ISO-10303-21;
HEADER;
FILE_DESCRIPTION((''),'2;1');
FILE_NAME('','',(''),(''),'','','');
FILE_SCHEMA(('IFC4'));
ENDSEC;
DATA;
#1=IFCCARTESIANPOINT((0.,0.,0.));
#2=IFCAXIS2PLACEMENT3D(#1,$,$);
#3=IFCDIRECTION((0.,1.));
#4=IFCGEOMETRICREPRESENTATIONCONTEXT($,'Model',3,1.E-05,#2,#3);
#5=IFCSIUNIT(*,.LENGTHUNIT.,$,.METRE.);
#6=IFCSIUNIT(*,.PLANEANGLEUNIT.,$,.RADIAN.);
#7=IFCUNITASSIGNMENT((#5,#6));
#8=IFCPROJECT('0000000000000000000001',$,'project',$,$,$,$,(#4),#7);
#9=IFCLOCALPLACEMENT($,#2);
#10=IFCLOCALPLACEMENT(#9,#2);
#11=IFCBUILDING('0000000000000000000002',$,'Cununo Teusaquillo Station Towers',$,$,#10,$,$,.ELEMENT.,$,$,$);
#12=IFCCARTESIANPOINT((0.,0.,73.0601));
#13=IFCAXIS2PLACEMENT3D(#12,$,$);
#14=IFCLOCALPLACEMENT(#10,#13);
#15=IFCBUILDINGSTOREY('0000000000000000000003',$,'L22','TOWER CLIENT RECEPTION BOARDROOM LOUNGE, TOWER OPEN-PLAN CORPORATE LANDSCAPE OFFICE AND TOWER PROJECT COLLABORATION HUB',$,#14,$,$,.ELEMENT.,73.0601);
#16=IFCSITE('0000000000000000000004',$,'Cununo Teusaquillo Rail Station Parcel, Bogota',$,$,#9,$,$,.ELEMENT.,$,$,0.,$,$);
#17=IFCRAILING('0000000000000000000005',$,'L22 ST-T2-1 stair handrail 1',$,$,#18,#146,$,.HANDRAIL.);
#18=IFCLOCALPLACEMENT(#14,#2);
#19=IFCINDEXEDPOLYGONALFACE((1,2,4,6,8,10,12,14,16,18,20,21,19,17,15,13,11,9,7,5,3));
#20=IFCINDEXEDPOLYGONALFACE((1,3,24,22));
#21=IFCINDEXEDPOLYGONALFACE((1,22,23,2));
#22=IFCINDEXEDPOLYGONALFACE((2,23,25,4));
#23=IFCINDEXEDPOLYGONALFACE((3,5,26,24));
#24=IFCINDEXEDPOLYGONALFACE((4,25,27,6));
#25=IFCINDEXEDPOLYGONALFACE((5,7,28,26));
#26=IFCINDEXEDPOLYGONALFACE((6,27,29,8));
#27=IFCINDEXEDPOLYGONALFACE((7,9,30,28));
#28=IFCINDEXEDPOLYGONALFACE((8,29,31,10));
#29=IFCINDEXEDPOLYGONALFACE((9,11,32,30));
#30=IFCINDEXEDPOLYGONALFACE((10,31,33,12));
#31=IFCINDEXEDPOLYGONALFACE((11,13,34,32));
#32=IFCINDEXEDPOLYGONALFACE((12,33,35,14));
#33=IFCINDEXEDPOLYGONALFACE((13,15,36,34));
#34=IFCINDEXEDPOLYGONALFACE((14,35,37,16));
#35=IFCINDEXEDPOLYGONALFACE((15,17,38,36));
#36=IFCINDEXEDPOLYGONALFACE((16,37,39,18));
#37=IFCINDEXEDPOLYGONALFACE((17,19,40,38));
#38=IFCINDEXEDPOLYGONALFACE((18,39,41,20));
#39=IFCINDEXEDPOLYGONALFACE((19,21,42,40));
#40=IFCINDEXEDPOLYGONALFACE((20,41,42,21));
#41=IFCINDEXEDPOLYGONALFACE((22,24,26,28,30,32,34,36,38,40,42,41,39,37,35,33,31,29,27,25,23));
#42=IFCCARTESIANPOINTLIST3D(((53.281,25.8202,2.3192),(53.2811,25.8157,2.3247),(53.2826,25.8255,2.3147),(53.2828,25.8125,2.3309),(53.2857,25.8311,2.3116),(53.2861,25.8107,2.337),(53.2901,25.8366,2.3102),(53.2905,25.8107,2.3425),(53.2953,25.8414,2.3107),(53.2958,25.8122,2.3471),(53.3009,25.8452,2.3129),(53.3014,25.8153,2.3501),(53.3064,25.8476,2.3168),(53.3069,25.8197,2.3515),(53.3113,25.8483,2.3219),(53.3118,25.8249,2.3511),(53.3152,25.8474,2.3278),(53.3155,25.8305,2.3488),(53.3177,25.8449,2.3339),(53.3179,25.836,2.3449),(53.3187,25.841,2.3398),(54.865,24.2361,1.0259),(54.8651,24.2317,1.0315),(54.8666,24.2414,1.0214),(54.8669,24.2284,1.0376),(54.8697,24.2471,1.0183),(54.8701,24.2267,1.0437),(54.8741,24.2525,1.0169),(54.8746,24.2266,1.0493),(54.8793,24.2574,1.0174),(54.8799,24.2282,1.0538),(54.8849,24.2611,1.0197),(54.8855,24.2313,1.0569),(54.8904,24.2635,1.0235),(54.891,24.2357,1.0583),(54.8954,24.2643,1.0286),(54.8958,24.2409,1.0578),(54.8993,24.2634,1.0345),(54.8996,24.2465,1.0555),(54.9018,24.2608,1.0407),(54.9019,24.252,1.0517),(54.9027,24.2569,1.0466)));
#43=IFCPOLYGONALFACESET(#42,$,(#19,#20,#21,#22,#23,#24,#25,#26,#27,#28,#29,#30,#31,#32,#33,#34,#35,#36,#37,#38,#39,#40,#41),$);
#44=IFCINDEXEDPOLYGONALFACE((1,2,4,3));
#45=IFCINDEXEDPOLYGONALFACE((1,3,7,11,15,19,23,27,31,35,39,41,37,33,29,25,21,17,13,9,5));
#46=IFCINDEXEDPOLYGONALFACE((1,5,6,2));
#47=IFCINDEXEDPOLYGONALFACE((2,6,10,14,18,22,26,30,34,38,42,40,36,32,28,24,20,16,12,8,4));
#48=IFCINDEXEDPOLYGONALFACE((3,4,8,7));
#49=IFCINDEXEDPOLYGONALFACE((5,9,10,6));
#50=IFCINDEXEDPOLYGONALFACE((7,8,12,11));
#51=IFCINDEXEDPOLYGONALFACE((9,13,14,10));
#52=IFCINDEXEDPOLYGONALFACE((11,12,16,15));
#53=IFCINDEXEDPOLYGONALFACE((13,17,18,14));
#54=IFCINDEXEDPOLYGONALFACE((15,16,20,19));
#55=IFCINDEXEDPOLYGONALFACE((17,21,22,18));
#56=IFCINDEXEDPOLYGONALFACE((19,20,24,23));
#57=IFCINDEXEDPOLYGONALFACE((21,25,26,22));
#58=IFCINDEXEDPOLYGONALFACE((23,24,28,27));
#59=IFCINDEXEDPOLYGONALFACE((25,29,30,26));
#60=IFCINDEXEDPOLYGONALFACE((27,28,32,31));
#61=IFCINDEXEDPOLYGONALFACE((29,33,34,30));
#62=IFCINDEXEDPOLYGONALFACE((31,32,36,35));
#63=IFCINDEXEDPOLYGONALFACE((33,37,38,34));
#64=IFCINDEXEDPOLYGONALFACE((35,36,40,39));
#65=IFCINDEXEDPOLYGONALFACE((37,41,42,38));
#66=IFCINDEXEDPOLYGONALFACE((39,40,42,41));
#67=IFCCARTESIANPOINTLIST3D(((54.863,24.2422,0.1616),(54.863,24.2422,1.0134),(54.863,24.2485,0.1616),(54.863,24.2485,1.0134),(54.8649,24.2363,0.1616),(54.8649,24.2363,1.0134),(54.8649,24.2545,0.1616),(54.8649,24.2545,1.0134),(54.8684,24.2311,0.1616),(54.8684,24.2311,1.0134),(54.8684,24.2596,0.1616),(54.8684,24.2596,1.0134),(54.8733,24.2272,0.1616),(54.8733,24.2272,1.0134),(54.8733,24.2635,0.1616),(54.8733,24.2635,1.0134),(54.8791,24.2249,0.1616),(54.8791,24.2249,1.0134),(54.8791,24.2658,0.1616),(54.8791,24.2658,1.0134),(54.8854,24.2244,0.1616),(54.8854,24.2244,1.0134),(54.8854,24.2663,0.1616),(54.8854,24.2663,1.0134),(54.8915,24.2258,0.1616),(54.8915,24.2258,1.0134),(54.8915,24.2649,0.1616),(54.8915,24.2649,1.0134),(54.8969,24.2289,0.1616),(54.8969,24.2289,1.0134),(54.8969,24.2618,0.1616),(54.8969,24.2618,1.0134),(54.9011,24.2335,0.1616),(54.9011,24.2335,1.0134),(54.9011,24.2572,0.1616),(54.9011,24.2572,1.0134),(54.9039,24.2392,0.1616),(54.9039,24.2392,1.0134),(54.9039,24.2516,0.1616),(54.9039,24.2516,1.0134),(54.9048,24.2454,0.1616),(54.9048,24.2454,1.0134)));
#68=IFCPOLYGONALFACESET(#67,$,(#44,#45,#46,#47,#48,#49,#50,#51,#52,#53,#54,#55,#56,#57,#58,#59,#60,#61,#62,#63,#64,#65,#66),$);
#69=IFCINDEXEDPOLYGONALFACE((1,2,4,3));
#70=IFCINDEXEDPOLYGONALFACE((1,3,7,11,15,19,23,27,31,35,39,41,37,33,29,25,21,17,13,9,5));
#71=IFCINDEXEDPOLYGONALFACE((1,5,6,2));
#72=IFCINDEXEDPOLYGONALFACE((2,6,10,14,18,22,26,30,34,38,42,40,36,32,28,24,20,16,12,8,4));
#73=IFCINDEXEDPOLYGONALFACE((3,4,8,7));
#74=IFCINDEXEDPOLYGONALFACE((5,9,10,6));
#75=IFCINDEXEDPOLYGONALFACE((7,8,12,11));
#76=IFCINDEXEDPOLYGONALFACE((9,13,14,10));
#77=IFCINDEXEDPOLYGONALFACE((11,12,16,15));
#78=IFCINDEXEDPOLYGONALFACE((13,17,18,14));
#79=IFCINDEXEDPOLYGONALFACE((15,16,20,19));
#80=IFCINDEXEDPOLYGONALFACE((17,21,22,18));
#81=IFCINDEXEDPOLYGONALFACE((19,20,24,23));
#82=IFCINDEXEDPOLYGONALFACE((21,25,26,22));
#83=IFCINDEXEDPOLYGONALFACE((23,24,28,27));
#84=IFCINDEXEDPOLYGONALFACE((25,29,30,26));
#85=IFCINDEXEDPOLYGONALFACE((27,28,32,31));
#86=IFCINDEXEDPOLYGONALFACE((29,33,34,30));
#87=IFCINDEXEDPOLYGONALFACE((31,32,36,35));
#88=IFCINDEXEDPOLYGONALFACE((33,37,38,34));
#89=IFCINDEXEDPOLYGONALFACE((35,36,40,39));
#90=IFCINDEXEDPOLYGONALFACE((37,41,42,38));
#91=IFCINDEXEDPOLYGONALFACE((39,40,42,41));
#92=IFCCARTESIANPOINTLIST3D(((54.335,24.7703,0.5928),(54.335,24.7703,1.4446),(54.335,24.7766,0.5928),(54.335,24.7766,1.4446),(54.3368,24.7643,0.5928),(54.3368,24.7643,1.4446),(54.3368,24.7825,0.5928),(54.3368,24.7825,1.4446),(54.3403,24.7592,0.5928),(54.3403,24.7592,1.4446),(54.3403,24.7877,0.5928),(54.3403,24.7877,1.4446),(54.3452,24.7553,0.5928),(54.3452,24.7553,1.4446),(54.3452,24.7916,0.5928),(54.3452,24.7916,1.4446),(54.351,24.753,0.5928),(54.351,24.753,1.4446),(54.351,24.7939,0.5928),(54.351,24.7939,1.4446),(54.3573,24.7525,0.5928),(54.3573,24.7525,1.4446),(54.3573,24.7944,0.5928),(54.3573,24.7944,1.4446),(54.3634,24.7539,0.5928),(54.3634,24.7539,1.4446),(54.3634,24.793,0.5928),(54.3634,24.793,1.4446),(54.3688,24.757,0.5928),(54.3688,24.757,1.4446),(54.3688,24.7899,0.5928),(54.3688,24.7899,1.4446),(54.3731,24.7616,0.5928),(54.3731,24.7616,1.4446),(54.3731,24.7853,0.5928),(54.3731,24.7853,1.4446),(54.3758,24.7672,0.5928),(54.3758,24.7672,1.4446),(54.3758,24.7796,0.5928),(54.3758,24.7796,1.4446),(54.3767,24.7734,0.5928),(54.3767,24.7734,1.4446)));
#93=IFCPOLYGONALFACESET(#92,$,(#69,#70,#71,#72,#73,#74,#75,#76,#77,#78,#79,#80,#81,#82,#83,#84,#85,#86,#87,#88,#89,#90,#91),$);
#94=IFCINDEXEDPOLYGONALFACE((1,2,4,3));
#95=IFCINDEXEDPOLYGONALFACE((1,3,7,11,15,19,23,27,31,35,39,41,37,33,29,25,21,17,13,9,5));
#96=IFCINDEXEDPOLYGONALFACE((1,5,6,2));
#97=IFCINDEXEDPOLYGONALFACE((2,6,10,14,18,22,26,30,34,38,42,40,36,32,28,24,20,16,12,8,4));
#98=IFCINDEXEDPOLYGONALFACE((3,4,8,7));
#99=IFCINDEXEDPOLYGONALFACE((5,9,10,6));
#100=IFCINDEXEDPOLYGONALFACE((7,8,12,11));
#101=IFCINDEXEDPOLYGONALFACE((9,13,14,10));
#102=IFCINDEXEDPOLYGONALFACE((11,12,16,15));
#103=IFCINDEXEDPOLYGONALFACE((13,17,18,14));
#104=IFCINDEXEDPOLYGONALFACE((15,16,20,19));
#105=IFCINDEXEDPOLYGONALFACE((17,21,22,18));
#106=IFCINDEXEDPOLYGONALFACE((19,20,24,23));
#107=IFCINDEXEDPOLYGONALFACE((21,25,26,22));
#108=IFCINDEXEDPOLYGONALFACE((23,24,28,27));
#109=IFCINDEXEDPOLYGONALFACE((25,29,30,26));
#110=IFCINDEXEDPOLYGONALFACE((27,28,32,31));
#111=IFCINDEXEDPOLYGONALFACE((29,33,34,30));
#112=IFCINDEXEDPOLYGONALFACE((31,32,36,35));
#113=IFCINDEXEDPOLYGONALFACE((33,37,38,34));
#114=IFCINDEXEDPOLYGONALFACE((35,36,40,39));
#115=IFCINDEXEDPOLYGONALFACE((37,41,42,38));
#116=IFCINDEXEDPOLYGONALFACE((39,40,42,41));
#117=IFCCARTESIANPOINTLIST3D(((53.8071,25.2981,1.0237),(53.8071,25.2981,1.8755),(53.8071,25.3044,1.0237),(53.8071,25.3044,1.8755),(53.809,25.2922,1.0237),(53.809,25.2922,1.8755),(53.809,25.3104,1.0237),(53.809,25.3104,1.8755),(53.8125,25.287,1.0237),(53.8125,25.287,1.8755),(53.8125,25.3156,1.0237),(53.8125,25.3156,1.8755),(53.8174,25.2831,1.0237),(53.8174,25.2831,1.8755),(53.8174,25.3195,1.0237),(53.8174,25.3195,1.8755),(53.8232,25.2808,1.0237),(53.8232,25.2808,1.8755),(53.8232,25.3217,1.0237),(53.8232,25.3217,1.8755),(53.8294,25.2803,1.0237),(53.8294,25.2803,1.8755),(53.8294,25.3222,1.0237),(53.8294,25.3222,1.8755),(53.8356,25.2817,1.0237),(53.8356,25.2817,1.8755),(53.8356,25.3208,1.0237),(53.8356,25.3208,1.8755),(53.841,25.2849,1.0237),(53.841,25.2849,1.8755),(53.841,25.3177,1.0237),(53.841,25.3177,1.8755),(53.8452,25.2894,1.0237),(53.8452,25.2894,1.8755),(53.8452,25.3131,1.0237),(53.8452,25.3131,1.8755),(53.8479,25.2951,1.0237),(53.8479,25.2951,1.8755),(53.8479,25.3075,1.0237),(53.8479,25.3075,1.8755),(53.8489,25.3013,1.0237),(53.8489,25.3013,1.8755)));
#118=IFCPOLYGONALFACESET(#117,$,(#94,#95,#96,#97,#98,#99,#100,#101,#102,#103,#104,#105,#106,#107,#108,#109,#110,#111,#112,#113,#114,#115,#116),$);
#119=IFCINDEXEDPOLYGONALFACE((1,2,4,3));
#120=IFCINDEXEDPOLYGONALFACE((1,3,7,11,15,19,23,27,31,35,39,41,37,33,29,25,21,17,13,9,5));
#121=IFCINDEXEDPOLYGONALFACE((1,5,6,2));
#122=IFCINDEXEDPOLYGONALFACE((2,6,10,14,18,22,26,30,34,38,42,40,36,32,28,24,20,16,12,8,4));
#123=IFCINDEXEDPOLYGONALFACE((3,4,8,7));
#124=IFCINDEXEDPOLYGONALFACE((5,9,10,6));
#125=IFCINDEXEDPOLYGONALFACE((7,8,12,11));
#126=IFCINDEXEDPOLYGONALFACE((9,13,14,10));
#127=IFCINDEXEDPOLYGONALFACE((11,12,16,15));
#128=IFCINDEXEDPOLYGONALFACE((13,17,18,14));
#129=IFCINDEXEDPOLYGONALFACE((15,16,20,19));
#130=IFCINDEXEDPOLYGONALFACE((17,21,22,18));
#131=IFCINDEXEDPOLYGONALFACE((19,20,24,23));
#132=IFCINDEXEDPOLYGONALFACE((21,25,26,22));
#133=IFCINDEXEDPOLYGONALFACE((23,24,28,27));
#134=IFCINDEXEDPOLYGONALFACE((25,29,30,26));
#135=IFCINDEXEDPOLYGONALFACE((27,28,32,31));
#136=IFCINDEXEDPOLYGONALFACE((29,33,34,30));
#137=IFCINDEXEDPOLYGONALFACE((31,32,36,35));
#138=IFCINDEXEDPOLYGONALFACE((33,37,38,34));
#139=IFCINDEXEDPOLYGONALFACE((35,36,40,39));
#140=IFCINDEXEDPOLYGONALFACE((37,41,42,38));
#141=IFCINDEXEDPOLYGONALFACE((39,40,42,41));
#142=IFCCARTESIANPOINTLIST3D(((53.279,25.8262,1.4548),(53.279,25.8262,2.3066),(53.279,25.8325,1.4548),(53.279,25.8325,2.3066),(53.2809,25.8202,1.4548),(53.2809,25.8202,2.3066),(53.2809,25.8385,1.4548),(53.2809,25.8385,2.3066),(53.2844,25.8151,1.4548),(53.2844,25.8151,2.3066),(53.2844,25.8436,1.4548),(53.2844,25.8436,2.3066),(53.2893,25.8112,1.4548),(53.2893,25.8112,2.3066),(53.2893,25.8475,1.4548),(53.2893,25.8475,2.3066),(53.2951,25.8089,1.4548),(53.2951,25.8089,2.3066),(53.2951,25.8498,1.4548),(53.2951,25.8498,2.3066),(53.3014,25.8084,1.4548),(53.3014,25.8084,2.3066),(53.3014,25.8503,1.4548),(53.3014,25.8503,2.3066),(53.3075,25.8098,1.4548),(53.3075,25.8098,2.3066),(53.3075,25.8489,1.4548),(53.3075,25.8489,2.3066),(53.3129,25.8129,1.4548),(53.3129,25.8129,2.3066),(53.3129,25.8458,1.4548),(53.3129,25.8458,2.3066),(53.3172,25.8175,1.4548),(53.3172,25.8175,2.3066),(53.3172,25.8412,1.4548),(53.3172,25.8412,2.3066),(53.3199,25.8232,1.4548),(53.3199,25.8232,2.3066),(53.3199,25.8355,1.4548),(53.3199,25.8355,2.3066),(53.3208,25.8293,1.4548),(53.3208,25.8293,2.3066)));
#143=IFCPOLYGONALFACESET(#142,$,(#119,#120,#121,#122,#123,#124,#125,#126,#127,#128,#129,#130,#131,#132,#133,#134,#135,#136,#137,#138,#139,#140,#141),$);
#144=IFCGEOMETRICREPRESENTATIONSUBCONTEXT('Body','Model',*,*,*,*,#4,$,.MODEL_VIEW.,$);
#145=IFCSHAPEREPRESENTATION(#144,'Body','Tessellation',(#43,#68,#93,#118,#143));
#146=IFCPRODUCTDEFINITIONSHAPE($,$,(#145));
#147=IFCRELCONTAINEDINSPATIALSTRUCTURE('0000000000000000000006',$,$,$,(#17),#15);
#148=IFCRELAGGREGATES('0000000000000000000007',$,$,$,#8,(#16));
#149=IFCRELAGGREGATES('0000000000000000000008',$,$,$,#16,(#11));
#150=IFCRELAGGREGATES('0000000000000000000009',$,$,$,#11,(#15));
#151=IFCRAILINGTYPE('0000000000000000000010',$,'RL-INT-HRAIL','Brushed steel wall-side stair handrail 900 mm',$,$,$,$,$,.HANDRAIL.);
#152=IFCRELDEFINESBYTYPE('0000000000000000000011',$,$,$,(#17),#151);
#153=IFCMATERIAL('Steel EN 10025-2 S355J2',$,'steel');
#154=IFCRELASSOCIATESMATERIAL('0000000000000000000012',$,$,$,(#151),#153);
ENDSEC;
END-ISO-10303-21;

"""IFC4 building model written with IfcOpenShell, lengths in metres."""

from ifc_helpers import new_model, si_unit, direction, frame, origin, origin_2d, place, context, subcontext, project, spatial, circle, extrude, material, type_object, element, save


model = new_model("IFC4")

# Units and contexts
model_context = context("Model", 3, precision=1e-05, world=origin(), true_north=direction((0.0, 1.0)))
body_context = subcontext(model_context, "Body", "Model", "MODEL_VIEW")
ifc_project = project(units=[si_unit("LENGTHUNIT", "METRE"), si_unit("PLANEANGLEUNIT", "RADIAN")], contexts=[model_context])

# Site, building, storey
site_placement = place(None, origin())
site = spatial("IfcSite", under=ifc_project, at=site_placement, Name="Cununo Teusaquillo Rail Station Parcel, Bogota", CompositionType="ELEMENT", RefElevation=0.0)
building_placement = place(site_placement, origin())
building = spatial("IfcBuilding", under=site, at=building_placement, Name="Cununo Teusaquillo Station Towers", CompositionType="ELEMENT")
storey_placement = place(building_placement, frame((0.0, 0.0, 73.0601)))
storey = spatial("IfcBuildingStorey", under=building, at=storey_placement, Name="L22", Description="TOWER CLIENT RECEPTION BOARDROOM LOUNGE, TOWER OPEN-PLAN CORPORATE LANDSCAPE OFFICE AND TOWER PROJECT COLLABORATION HUB", CompositionType="ELEMENT", Elevation=73.0601)

# Railing
ifc_material_1 = material(Name="Steel EN 10025-2 S355J2", Category="steel")
railing_type_1 = type_object("IfcRailingType", Name="RL-INT-HRAIL", Description="Brushed steel wall-side stair handrail 900 mm", PredefinedType="HANDRAIL", material=ifc_material_1)
railing_1_placement = place(storey_placement, frame((54.8838, 24.2454, 0.1616)))
element("IfcRailing", 1, at=railing_1_placement, inside=storey, type_object=railing_type_1, Name="L22 ST-T2-1 stair handrail 1", PredefinedType="HANDRAIL", context=body_context, shape_type="SweptSolid", body=[
    extrude(circle(Radius=0.0239, at=origin_2d()), frame((0.0, 0.0, 0.876), z_axis=(-0.612385, 0.612385, 0.49997), x_axis=(-0.707107, -0.707107, 0.0)), (0.0, 0.0, 1.0), 2.5867),
    extrude(circle(Radius=0.021, at=origin_2d()), origin(), (0.0, 0.0, 1.0), 0.8518),
    extrude(circle(Radius=0.021, at=origin_2d()), frame((-0.5281, 0.5281, 0.4312)), (0.0, 0.0, 1.0), 0.8518),
    extrude(circle(Radius=0.021, at=origin_2d()), frame((-1.0559, 1.0559, 0.8621)), (0.0, 0.0, 1.0), 0.8518),
    extrude(circle(Radius=0.021, at=origin_2d()), frame((-1.584, 1.584, 1.2932)), (0.0, 0.0, 1.0), 0.8518),
])

save(model, "model.ifc")
